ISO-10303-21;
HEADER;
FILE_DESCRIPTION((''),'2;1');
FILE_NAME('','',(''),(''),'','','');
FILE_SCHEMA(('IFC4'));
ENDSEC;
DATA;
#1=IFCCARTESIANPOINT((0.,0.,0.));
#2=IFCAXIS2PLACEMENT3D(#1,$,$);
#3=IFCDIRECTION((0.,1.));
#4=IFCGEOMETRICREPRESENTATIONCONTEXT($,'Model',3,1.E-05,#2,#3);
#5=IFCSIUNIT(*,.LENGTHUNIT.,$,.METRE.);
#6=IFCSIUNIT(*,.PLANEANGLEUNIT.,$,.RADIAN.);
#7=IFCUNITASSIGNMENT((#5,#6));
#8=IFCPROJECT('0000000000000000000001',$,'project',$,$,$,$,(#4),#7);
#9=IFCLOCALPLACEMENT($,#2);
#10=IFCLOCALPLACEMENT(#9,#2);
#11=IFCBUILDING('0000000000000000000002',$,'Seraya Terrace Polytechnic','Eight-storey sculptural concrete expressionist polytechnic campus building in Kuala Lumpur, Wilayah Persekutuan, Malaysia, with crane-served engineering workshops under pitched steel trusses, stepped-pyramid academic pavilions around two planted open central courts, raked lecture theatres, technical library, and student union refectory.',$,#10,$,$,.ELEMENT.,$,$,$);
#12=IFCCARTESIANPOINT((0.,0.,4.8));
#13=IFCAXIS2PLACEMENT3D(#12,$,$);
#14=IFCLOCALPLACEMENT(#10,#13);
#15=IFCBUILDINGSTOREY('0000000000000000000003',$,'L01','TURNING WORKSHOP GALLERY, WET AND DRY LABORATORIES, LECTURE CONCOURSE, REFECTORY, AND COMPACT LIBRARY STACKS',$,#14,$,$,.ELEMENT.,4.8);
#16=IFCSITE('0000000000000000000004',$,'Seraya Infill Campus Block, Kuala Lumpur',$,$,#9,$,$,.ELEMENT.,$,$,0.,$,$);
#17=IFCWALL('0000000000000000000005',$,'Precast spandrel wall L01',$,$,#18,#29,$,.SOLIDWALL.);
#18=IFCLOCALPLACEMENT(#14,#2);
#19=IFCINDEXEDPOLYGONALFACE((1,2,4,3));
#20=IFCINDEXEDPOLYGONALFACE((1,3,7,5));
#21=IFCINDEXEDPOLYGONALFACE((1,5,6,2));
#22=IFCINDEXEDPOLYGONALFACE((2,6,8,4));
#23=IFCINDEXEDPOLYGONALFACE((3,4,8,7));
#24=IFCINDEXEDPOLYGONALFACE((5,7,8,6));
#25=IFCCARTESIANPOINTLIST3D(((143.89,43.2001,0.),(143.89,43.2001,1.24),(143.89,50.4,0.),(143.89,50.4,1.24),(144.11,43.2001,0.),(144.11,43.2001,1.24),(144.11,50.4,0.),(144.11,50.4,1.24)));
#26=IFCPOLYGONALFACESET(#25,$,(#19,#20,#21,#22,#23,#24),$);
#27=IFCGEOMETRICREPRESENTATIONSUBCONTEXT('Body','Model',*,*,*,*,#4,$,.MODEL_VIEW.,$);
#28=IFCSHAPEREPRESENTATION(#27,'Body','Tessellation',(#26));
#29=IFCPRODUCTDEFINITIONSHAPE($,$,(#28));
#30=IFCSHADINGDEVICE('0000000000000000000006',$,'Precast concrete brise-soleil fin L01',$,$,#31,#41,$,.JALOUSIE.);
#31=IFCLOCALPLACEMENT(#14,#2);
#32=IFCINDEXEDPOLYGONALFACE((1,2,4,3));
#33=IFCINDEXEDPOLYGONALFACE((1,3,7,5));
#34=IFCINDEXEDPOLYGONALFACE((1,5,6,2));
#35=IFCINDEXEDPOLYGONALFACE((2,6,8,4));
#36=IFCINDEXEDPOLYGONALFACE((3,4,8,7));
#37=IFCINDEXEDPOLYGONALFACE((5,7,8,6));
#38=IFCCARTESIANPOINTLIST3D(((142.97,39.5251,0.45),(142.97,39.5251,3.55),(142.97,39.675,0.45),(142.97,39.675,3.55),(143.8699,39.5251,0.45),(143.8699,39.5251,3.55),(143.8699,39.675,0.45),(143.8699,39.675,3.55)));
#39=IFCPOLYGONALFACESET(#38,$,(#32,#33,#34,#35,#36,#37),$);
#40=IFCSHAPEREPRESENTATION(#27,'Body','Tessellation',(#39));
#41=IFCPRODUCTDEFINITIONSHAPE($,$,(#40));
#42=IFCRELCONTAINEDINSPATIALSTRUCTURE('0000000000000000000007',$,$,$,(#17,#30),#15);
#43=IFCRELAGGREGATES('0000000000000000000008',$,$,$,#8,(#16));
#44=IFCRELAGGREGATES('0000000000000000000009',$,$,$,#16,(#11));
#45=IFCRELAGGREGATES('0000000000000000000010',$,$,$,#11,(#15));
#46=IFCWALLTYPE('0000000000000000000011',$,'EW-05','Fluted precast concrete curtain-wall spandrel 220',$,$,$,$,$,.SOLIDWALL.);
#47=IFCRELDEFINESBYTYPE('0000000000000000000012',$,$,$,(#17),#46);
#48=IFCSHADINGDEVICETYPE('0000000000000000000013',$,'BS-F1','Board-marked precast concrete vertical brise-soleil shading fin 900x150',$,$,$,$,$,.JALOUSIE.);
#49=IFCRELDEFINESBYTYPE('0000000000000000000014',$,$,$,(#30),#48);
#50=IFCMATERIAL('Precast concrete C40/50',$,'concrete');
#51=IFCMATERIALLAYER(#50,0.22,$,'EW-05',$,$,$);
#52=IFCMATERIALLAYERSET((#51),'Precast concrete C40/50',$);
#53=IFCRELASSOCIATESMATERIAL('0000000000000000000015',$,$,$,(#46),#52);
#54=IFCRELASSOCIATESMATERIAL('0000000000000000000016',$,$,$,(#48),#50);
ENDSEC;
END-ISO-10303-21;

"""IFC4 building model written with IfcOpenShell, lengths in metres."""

from ifc_helpers import new_model, si_unit, direction, frame, frame_2d, origin, origin_2d, place, context, subcontext, project, spatial, rectangle, extrude, material, layer, layer_set, type_object, element, save


model = new_model("IFC4")

# Units and contexts
model_context = context("Model", 3, precision=1e-05, world=origin(), true_north=direction((0.0, 1.0)))
body_context = subcontext(model_context, "Body", "Model", "MODEL_VIEW")
ifc_project = project(units=[si_unit("LENGTHUNIT", "METRE"), si_unit("PLANEANGLEUNIT", "RADIAN")], contexts=[model_context])

# Site, building, storey
site_placement = place(None, origin())
site = spatial("IfcSite", under=ifc_project, at=site_placement, Name="Seraya Infill Campus Block, Kuala Lumpur", CompositionType="ELEMENT", RefElevation=0.0)
building_placement = place(site_placement, origin())
building = spatial("IfcBuilding", under=site, at=building_placement, Name="Seraya Terrace Polytechnic", Description="Eight-storey sculptural concrete expressionist polytechnic campus building in Kuala Lumpur, Wilayah Persekutuan, Malaysia, with crane-served engineering workshops under pitched steel trusses, stepped-pyramid academic pavilions around two planted open central courts, raked lecture theatres, technical library, and student union refectory.", CompositionType="ELEMENT")
storey_placement = place(building_placement, frame((0.0, 0.0, 4.8)))
storey = spatial("IfcBuildingStorey", under=building, at=storey_placement, Name="L01", Description="TURNING WORKSHOP GALLERY, WET AND DRY LABORATORIES, LECTURE CONCOURSE, REFECTORY, AND COMPACT LIBRARY STACKS", CompositionType="ELEMENT", Elevation=4.8)

# Wall
ifc_material_1 = material(Name="Precast concrete C40/50", Category="concrete")
ifc_layer_1 = layer(ifc_material_1, 0.22, Name="EW-05")
ifc_layer_set_1 = layer_set([ifc_layer_1], Name="Precast concrete C40/50")
wall_type_1 = type_object("IfcWallType", Name="EW-05", Description="Fluted precast concrete curtain-wall spandrel 220", PredefinedType="SOLIDWALL", material=ifc_layer_set_1)
wall_1_placement = place(storey_placement, frame((144.0, 43.2, 0.0), z_axis=(0.0, 0.0, 1.0), x_axis=(0.0, 1.0, 0.0)))
element("IfcWall", 1, at=wall_1_placement, inside=storey, type_object=wall_type_1, Name="Precast spandrel wall L01", PredefinedType="SOLIDWALL", context=body_context, shape_type="SweptSolid", body=[
    extrude(rectangle(XDim=7.2, YDim=0.22, at=frame_2d((3.6001, 0.0))), origin(), (0.0, 0.0, 1.0), 1.24),
])

# Shading device
shading_device_type = type_object("IfcShadingDeviceType", Name="BS-F1", Description="Board-marked precast concrete vertical brise-soleil shading fin 900x150", PredefinedType="JALOUSIE", material=ifc_material_1)
shading_device_placement = place(storey_placement, frame((143.4199, 39.6001, 0.45), z_axis=(0.0, 0.0, 1.0), x_axis=(-1.0, 0.0, 0.0)))
element("IfcShadingDevice", 2, at=shading_device_placement, inside=storey, type_object=shading_device_type, Name="Precast concrete brise-soleil fin L01", PredefinedType="JALOUSIE", context=body_context, shape_type="SweptSolid", body=[
    extrude(rectangle(XDim=0.8999, YDim=0.1499, at=origin_2d()), origin(), (0.0, 0.0, 1.0), 3.1001),
])

save(model, "model.ifc")
